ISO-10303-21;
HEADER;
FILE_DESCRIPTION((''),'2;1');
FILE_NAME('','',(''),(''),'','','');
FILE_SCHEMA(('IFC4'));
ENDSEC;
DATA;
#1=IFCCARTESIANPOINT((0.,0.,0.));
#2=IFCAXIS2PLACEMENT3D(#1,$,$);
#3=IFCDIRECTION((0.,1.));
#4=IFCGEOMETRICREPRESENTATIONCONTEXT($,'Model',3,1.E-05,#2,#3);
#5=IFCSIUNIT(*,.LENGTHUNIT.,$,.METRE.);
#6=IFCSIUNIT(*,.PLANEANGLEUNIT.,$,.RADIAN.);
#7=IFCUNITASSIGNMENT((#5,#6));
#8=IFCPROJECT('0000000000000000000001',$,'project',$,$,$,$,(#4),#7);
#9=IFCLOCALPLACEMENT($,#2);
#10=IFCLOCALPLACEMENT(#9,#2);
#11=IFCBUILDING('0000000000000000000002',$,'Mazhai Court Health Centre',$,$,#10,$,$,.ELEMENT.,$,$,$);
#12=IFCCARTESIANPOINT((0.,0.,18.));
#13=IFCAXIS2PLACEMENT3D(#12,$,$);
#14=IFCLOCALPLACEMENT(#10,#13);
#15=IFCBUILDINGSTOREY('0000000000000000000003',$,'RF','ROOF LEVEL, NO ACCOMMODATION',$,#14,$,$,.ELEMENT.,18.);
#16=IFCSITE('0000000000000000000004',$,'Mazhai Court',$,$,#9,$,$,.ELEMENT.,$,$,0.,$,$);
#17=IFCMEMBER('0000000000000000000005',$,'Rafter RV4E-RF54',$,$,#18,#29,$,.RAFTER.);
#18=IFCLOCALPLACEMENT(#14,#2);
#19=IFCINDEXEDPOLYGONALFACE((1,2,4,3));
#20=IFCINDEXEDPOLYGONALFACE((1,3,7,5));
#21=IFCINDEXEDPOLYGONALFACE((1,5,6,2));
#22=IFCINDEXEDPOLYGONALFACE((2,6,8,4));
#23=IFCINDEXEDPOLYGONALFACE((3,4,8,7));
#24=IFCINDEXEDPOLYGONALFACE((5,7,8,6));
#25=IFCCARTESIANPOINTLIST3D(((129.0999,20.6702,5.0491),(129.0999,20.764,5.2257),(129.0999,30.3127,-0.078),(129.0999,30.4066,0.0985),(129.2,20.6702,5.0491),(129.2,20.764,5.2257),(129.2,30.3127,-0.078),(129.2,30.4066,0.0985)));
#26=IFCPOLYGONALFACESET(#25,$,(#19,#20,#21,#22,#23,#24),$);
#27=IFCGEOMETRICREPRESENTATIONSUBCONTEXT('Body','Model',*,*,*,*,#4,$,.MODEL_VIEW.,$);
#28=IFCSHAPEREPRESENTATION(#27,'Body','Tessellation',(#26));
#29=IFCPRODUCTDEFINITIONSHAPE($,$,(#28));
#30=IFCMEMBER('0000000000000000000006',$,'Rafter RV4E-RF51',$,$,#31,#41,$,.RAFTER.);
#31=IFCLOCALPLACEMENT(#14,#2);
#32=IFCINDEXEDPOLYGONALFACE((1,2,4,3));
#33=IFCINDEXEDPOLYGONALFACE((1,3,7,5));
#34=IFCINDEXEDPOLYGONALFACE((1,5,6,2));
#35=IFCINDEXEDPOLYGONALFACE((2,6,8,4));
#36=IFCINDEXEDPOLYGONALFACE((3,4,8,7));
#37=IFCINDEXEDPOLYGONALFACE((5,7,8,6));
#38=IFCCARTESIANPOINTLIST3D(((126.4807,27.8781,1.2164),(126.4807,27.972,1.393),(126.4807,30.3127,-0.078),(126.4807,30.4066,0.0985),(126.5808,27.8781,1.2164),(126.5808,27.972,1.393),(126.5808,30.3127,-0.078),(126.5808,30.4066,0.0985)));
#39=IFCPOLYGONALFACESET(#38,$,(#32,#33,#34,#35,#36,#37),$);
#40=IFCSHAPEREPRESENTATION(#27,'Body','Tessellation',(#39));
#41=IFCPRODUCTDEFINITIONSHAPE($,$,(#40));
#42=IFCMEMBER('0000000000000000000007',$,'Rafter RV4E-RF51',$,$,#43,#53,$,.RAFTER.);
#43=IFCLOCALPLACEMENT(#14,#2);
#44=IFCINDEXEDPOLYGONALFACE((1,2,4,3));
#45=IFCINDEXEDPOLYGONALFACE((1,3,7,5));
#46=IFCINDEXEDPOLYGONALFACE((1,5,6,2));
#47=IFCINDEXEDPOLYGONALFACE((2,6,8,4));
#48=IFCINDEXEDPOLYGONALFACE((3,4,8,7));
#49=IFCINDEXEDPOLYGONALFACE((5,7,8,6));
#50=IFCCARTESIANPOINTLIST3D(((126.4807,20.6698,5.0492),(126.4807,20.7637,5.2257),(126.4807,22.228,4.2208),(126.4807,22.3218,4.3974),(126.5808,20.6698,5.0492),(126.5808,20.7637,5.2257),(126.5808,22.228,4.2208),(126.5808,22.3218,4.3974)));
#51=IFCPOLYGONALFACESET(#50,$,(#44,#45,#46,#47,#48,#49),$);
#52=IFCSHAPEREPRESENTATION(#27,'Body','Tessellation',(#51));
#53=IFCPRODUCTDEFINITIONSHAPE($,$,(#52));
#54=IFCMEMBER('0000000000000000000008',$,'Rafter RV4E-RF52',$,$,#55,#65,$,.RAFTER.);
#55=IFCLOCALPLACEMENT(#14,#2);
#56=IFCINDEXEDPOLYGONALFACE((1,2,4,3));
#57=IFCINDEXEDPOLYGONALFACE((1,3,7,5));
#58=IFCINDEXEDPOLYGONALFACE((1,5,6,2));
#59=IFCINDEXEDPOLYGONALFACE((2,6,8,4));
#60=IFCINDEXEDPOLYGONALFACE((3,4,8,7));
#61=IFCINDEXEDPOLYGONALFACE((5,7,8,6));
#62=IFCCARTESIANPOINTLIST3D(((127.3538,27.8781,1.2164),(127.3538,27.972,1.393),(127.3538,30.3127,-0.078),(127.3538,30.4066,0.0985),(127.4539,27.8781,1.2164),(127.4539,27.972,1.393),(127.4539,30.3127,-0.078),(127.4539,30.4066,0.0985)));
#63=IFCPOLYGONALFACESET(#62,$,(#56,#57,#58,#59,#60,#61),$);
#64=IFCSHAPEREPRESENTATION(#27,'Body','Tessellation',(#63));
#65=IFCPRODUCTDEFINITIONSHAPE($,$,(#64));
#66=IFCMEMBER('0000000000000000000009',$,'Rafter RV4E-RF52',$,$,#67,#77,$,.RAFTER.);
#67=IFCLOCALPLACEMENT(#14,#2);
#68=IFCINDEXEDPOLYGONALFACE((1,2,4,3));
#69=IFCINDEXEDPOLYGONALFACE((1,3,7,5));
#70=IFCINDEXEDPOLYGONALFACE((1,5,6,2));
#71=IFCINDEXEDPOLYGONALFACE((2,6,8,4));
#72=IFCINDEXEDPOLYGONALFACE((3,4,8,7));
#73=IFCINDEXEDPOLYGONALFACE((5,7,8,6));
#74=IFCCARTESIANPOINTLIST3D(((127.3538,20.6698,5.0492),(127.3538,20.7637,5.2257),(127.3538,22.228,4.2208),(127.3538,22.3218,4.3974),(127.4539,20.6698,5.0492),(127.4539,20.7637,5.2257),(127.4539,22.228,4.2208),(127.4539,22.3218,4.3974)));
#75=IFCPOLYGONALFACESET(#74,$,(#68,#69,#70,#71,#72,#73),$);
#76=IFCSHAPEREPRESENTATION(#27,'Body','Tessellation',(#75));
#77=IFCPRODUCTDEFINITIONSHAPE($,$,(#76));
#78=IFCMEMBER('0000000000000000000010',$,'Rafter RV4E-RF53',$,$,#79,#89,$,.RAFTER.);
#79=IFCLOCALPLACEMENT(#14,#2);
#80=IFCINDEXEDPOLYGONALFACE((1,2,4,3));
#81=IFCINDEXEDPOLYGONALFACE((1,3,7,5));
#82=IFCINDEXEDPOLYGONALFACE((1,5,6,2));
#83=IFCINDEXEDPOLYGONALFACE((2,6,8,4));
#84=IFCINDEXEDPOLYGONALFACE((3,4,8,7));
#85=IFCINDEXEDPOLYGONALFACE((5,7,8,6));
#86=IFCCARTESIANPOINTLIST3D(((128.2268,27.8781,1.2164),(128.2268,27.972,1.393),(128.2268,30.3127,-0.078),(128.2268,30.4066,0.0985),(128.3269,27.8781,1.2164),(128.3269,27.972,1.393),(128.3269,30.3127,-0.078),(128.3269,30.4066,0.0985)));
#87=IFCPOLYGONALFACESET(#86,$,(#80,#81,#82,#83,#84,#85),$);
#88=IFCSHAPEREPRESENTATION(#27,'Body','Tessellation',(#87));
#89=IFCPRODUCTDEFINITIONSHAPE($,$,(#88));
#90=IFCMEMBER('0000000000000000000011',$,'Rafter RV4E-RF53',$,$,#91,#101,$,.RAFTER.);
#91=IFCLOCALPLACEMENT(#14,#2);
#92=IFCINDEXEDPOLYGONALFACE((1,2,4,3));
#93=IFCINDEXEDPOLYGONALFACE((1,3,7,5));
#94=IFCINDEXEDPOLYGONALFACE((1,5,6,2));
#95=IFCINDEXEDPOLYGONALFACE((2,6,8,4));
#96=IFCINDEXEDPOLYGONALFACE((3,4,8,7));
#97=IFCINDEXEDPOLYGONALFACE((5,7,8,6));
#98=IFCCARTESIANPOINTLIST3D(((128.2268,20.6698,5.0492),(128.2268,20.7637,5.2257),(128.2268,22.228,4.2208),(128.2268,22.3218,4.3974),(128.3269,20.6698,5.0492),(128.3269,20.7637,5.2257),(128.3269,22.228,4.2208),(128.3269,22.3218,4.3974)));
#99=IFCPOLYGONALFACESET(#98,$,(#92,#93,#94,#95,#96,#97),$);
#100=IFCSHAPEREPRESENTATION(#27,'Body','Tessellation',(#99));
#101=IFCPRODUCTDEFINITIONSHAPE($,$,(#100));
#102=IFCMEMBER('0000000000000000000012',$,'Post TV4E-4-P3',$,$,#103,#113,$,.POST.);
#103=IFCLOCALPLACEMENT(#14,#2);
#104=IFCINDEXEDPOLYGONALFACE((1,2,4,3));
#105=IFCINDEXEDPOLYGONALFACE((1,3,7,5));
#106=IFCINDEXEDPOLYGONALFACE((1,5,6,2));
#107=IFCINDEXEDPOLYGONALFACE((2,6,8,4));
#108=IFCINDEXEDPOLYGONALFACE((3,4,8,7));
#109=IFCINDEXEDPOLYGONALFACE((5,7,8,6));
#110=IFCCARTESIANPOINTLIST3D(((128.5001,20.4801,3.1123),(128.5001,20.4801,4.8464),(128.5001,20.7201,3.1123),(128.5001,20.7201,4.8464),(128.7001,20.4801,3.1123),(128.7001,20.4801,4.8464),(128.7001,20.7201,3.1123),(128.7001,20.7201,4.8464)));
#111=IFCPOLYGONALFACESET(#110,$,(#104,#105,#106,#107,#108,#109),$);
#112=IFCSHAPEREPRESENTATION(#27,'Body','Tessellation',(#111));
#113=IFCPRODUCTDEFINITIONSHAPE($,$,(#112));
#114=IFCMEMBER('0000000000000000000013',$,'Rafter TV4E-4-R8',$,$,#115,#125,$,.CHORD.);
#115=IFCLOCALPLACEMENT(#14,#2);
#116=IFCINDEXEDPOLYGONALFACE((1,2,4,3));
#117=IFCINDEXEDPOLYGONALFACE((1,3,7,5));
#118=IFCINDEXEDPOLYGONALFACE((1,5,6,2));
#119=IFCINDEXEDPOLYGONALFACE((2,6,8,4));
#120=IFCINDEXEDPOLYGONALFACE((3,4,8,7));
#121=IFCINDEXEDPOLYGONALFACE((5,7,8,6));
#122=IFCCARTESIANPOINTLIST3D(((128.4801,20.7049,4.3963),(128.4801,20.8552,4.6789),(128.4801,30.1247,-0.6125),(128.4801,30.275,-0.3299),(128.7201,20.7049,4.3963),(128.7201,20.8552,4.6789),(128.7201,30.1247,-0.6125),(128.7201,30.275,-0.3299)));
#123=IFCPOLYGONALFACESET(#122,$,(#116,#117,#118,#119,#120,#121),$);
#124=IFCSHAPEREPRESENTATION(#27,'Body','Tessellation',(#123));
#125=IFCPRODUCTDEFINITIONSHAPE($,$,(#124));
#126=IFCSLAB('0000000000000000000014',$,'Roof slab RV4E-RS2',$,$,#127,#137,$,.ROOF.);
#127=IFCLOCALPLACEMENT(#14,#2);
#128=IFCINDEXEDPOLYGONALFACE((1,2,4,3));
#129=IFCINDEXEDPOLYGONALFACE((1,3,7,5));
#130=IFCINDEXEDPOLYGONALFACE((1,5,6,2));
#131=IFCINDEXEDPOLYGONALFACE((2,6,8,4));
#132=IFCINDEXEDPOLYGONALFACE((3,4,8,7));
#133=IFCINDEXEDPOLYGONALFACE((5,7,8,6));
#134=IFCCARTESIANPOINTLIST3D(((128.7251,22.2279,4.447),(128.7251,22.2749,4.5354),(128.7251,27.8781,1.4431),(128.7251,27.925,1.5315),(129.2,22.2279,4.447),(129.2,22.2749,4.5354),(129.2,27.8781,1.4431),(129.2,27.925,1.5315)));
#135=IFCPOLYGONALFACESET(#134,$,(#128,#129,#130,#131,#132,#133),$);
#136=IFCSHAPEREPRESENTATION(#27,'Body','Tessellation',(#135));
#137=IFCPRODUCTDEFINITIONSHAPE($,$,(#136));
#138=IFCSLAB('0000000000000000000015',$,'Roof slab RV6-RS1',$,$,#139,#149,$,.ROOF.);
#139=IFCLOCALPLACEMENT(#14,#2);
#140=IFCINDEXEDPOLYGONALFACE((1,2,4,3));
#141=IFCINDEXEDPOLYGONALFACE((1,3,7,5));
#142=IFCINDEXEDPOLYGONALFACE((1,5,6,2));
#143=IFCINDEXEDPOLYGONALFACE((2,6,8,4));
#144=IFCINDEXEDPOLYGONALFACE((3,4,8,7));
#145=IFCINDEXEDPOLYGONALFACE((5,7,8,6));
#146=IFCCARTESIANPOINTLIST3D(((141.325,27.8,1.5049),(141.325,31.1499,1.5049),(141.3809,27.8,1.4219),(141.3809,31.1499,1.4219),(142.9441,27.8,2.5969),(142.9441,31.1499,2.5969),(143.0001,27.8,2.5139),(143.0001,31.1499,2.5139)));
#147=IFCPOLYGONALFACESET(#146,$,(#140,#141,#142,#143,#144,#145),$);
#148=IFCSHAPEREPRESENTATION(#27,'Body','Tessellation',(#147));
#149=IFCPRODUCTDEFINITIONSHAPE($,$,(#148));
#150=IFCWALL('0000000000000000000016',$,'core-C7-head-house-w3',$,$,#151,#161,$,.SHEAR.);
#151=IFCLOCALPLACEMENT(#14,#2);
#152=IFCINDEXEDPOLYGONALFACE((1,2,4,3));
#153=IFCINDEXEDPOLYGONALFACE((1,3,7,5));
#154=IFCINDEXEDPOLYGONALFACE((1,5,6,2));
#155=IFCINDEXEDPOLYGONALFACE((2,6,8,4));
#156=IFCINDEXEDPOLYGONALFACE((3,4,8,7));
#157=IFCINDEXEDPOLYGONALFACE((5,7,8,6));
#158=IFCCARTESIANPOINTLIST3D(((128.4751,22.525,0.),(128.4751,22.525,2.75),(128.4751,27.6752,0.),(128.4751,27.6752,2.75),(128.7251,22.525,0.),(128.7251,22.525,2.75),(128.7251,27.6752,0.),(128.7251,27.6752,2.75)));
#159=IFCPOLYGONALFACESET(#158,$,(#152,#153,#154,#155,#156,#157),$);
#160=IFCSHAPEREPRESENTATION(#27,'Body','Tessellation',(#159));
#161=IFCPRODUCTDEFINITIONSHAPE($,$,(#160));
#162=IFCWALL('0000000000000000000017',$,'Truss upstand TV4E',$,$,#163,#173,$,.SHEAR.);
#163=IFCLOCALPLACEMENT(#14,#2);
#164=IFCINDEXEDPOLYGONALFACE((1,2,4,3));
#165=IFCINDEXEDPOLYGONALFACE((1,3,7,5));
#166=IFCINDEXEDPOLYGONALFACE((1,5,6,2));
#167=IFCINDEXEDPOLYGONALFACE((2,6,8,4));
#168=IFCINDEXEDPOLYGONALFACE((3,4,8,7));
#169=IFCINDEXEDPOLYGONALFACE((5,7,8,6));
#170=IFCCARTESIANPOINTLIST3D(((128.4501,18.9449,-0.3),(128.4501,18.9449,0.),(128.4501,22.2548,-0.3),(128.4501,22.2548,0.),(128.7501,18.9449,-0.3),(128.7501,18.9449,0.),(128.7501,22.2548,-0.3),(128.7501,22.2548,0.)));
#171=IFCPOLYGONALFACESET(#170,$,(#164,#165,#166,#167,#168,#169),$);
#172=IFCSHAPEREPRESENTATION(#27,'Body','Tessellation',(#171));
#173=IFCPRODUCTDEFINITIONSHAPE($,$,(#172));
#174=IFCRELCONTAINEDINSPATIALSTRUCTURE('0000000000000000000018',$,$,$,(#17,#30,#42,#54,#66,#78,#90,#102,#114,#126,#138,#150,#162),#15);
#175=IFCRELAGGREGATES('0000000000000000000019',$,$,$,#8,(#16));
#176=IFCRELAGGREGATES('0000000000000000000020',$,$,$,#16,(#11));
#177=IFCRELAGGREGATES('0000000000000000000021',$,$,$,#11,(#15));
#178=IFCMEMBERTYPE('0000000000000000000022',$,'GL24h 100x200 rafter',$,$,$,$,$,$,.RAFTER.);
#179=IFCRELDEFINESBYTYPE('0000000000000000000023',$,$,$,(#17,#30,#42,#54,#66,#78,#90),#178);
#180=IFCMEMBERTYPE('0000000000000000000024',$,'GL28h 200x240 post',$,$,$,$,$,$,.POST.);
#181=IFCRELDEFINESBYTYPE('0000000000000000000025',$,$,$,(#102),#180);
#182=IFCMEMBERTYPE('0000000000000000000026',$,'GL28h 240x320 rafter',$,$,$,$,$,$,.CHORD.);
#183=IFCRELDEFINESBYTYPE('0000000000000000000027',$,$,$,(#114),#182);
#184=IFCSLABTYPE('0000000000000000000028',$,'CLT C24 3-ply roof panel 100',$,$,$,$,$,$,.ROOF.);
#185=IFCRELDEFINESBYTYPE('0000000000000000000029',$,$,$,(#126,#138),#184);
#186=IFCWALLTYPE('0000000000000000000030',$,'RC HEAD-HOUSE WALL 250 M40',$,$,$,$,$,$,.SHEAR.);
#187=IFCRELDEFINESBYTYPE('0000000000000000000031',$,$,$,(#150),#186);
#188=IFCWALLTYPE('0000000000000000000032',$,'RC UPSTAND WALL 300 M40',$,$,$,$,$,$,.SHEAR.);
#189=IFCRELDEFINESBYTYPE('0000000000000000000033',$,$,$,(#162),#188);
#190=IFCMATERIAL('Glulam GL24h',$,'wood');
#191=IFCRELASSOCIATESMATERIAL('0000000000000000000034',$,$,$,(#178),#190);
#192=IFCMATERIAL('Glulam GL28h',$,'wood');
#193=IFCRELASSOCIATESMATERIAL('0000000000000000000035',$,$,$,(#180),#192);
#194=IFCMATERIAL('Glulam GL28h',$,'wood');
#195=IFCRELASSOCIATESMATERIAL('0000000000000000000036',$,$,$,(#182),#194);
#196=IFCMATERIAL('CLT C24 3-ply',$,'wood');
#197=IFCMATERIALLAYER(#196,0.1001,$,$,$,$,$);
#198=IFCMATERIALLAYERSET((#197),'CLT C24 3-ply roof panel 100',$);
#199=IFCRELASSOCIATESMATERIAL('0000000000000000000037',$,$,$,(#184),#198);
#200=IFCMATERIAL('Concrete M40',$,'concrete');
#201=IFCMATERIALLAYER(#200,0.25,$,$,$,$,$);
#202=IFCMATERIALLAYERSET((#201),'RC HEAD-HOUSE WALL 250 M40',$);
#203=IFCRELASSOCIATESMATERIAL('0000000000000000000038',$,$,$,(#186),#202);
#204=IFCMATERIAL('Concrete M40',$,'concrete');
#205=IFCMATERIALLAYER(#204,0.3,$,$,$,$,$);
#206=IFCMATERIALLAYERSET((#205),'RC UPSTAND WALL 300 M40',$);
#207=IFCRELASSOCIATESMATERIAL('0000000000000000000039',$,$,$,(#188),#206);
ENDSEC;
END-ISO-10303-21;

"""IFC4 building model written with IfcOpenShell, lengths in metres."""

from ifc_helpers import new_model, si_unit, direction, frame, frame_2d, origin, origin_2d, place, context, subcontext, project, spatial, polyline, rectangle, outline, extrude, material, layer, layer_set, material_profile, profile_set, type_object, element, save


model = new_model("IFC4")

# Units and contexts
model_context = context("Model", 3, precision=1e-05, world=origin(), true_north=direction((0.0, 1.0)))
body_context = subcontext(model_context, "Body", "Model", "MODEL_VIEW")
ifc_project = project(units=[si_unit("LENGTHUNIT", "METRE"), si_unit("PLANEANGLEUNIT", "RADIAN")], contexts=[model_context])

# Site, building, storey
site_placement = place(None, origin())
site = spatial("IfcSite", under=ifc_project, at=site_placement, Name="Mazhai Court", CompositionType="ELEMENT", RefElevation=0.0)
building_placement = place(site_placement, origin())
building = spatial("IfcBuilding", under=site, at=building_placement, Name="Mazhai Court Health Centre", CompositionType="ELEMENT")
storey_placement = place(building_placement, frame((0.0, 0.0, 18.0)))
storey = spatial("IfcBuildingStorey", under=building, at=storey_placement, Name="RF", Description="ROOF LEVEL, NO ACCOMMODATION", CompositionType="ELEMENT", Elevation=18.0)

# Members
ifc_material_1 = material(Name="Glulam GL24h", Category="wood")
ifc_material_profile_1 = material_profile(ifc_material_1, rectangle(XDim=0.1001, YDim=0.2, at=origin_2d()), Name="GL24h 100x200")
ifc_profile_set_1 = profile_set([ifc_material_profile_1], Name="Glulam GL24h")
member_type_1 = type_object("IfcMemberType", Name="GL24h 100x200 rafter", PredefinedType="RAFTER", material=ifc_profile_set_1)
member_1_placement = place(storey_placement, frame((129.1499, 30.3596, 0.0103), z_axis=(0.0, -0.882942, 0.469482), x_axis=(1.0, 0.0, 0.0)))
element("IfcMember", 1, at=member_1_placement, inside=storey, type_object=member_type_1, Name="Rafter RV4E-RF54", PredefinedType="RAFTER", context=body_context, shape_type="SweptSolid", body=[
    extrude(rectangle(XDim=0.1001, YDim=0.2, at=origin_2d()), origin(), (0.0, 0.0, 1.0), 10.9209),
])
member_2_placement = place(storey_placement, frame((126.5308, 30.3596, 0.0103), z_axis=(0.0, -0.882955, 0.469457), x_axis=(1.0, 0.0, 0.0)))
element("IfcMember", 2, at=member_2_placement, inside=storey, type_object=member_type_1, Name="Rafter RV4E-RF51", PredefinedType="RAFTER", context=body_context, shape_type="SweptSolid", body=[
    extrude(rectangle(XDim=0.1001, YDim=0.2, at=origin_2d()), origin(), (0.0, 0.0, 1.0), 2.7573),
])
member_3_placement = place(storey_placement, frame((126.5308, 22.2749, 4.3091), z_axis=(0.0, -0.882969, 0.469432), x_axis=(1.0, 0.0, 0.0)))
element("IfcMember", 3, at=member_3_placement, inside=storey, type_object=member_type_1, Name="Rafter RV4E-RF51", PredefinedType="RAFTER", context=body_context, shape_type="SweptSolid", body=[
    extrude(rectangle(XDim=0.1001, YDim=0.2, at=origin_2d()), origin(), (0.0, 0.0, 1.0), 1.7646),
])
member_4_placement = place(storey_placement, frame((127.4038, 30.3596, 0.0103), z_axis=(0.0, -0.882955, 0.469457), x_axis=(1.0, 0.0, 0.0)))
element("IfcMember", 4, at=member_4_placement, inside=storey, type_object=member_type_1, Name="Rafter RV4E-RF52", PredefinedType="RAFTER", context=body_context, shape_type="SweptSolid", body=[
    extrude(rectangle(XDim=0.1001, YDim=0.2, at=origin_2d()), origin(), (0.0, 0.0, 1.0), 2.7573),
])
member_5_placement = place(storey_placement, frame((127.4038, 22.2749, 4.3091), z_axis=(0.0, -0.882969, 0.469432), x_axis=(1.0, 0.0, 0.0)))
element("IfcMember", 5, at=member_5_placement, inside=storey, type_object=member_type_1, Name="Rafter RV4E-RF52", PredefinedType="RAFTER", context=body_context, shape_type="SweptSolid", body=[
    extrude(rectangle(XDim=0.1001, YDim=0.2, at=origin_2d()), origin(), (0.0, 0.0, 1.0), 1.7646),
])
member_6_placement = place(storey_placement, frame((128.2769, 30.3596, 0.0103), z_axis=(0.0, -0.882955, 0.469457), x_axis=(1.0, 0.0, 0.0)))
element("IfcMember", 6, at=member_6_placement, inside=storey, type_object=member_type_1, Name="Rafter RV4E-RF53", PredefinedType="RAFTER", context=body_context, shape_type="SweptSolid", body=[
    extrude(rectangle(XDim=0.1001, YDim=0.2, at=origin_2d()), origin(), (0.0, 0.0, 1.0), 2.7573),
])
member_7_placement = place(storey_placement, frame((128.2769, 22.2749, 4.3091), z_axis=(0.0, -0.882969, 0.469432), x_axis=(1.0, 0.0, 0.0)))
element("IfcMember", 7, at=member_7_placement, inside=storey, type_object=member_type_1, Name="Rafter RV4E-RF53", PredefinedType="RAFTER", context=body_context, shape_type="SweptSolid", body=[
    extrude(rectangle(XDim=0.1001, YDim=0.2, at=origin_2d()), origin(), (0.0, 0.0, 1.0), 1.7646),
])
ifc_material_2 = material(Name="Glulam GL28h", Category="wood")
ifc_material_profile_2 = material_profile(ifc_material_2, rectangle(XDim=0.2, YDim=0.24, at=origin_2d()), Name="GL28h 200x240")
ifc_profile_set_2 = profile_set([ifc_material_profile_2], Name="Glulam GL28h")
member_type_2 = type_object("IfcMemberType", Name="GL28h 200x240 post", PredefinedType="POST", material=ifc_profile_set_2)
member_8_placement = place(storey_placement, frame((128.6001, 20.6001, 3.1123), z_axis=(0.0, 0.0, 1.0), x_axis=(1.0, 0.0, 0.0)))
element("IfcMember", 8, at=member_8_placement, inside=storey, type_object=member_type_2, Name="Post TV4E-4-P3", PredefinedType="POST", context=body_context, shape_type="SweptSolid", body=[
    extrude(rectangle(XDim=0.2, YDim=0.24, at=origin_2d()), origin(), (0.0, 0.0, 1.0), 1.7341),
])
ifc_material_3 = material(Name="Glulam GL28h", Category="wood")
ifc_material_profile_3 = material_profile(ifc_material_3, rectangle(XDim=0.24, YDim=0.3201, at=origin_2d()), Name="GL28h 240x320")
ifc_profile_set_3 = profile_set([ifc_material_profile_3], Name="Glulam GL28h")
member_type_3 = type_object("IfcMemberType", Name="GL28h 240x320 rafter", PredefinedType="CHORD", material=ifc_profile_set_3)
member_9_placement = place(storey_placement, frame((128.6001, 20.78, 4.5376), z_axis=(0.0, 0.882943, -0.469481), x_axis=(-1.0, 0.0, 0.0)))
element("IfcMember", 9, at=member_9_placement, inside=storey, type_object=member_type_3, Name="Rafter TV4E-4-R8", PredefinedType="CHORD", context=body_context, shape_type="SweptSolid", body=[
    extrude(rectangle(XDim=0.24, YDim=0.3201, at=origin_2d()), origin(), (0.0, 0.0, 1.0), 10.6687),
])

# Slabs
ifc_material_4 = material(Name="CLT C24 3-ply", Category="wood")
ifc_layer_1 = layer(ifc_material_4, 0.1001)
ifc_layer_set_1 = layer_set([ifc_layer_1], Name="CLT C24 3-ply roof panel 100")
slab_type = type_object("IfcSlabType", Name="CLT C24 3-ply roof panel 100", PredefinedType="ROOF", material=ifc_layer_set_1)
slab_1_placement = place(storey_placement, frame((129.2, 22.2749, 4.5354), z_axis=(0.0, 0.469431, 0.882969), x_axis=(-1.0, 0.0, 0.0)))
element("IfcSlab", 10, at=slab_1_placement, inside=storey, type_object=slab_type, Name="Roof slab RV4E-RS2", PredefinedType="ROOF", context=body_context, shape_type="SweptSolid", body=[
    extrude(outline(polyline([(0.0, 0.0), (0.4749, 0.0), (0.4749, -6.399), (0.0, -6.399), (0.0, 0.0)])), origin(), (0.0, 0.0, -1.0), 0.1001),
])
slab_2_placement = place(storey_placement, frame((142.9441, 27.8, 2.5969), z_axis=(-0.559164, 0.0, 0.829057), x_axis=(-0.829057, 0.0, -0.559164)))
element("IfcSlab", 11, at=slab_2_placement, inside=storey, type_object=slab_type, Name="Roof slab RV6-RS1", PredefinedType="ROOF", context=body_context, shape_type="SweptSolid", body=[
    extrude(outline(polyline([(0.0, 0.0), (1.953, 0.0), (1.953, -3.3499), (0.0, -3.3499), (0.0, 0.0)])), origin(), (0.0, 0.0, -1.0), 0.1001),
])

# Walls
ifc_material_5 = material(Name="Concrete M40", Category="concrete")
ifc_layer_2 = layer(ifc_material_5, 0.25)
ifc_layer_set_2 = layer_set([ifc_layer_2], Name="RC HEAD-HOUSE WALL 250 M40")
wall_type_1 = type_object("IfcWallType", Name="RC HEAD-HOUSE WALL 250 M40", PredefinedType="SHEAR", material=ifc_layer_set_2)
wall_1_placement = place(storey_placement, frame((128.6001, 22.5249, 0.0), z_axis=(0.0, 0.0, 1.0), x_axis=(0.0, 1.0, 0.0)))
element("IfcWall", 12, at=wall_1_placement, inside=storey, type_object=wall_type_1, Name="core-C7-head-house-w3", PredefinedType="SHEAR", context=body_context, shape_type="SweptSolid", body=[
    extrude(rectangle(XDim=5.1501, YDim=0.25, at=frame_2d((2.5752, 0.0))), origin(), (0.0, 0.0, 1.0), 2.75),
])
ifc_material_6 = material(Name="Concrete M40", Category="concrete")
ifc_layer_3 = layer(ifc_material_6, 0.3)
ifc_layer_set_3 = layer_set([ifc_layer_3], Name="RC UPSTAND WALL 300 M40")
wall_type_2 = type_object("IfcWallType", Name="RC UPSTAND WALL 300 M40", PredefinedType="SHEAR", material=ifc_layer_set_3)
wall_2_placement = place(storey_placement, frame((128.6001, 18.9451, -0.3), z_axis=(0.0, 0.0, 1.0), x_axis=(0.0, 1.0, 0.0)))
element("IfcWall", 13, at=wall_2_placement, inside=storey, type_object=wall_type_2, Name="Truss upstand TV4E", PredefinedType="SHEAR", context=body_context, shape_type="SweptSolid", body=[
    extrude(rectangle(XDim=3.3098, YDim=0.3, at=frame_2d((1.6548, 0.0))), origin(), (0.0, 0.0, 1.0), 0.3),
])

save(model, "model.ifc")
